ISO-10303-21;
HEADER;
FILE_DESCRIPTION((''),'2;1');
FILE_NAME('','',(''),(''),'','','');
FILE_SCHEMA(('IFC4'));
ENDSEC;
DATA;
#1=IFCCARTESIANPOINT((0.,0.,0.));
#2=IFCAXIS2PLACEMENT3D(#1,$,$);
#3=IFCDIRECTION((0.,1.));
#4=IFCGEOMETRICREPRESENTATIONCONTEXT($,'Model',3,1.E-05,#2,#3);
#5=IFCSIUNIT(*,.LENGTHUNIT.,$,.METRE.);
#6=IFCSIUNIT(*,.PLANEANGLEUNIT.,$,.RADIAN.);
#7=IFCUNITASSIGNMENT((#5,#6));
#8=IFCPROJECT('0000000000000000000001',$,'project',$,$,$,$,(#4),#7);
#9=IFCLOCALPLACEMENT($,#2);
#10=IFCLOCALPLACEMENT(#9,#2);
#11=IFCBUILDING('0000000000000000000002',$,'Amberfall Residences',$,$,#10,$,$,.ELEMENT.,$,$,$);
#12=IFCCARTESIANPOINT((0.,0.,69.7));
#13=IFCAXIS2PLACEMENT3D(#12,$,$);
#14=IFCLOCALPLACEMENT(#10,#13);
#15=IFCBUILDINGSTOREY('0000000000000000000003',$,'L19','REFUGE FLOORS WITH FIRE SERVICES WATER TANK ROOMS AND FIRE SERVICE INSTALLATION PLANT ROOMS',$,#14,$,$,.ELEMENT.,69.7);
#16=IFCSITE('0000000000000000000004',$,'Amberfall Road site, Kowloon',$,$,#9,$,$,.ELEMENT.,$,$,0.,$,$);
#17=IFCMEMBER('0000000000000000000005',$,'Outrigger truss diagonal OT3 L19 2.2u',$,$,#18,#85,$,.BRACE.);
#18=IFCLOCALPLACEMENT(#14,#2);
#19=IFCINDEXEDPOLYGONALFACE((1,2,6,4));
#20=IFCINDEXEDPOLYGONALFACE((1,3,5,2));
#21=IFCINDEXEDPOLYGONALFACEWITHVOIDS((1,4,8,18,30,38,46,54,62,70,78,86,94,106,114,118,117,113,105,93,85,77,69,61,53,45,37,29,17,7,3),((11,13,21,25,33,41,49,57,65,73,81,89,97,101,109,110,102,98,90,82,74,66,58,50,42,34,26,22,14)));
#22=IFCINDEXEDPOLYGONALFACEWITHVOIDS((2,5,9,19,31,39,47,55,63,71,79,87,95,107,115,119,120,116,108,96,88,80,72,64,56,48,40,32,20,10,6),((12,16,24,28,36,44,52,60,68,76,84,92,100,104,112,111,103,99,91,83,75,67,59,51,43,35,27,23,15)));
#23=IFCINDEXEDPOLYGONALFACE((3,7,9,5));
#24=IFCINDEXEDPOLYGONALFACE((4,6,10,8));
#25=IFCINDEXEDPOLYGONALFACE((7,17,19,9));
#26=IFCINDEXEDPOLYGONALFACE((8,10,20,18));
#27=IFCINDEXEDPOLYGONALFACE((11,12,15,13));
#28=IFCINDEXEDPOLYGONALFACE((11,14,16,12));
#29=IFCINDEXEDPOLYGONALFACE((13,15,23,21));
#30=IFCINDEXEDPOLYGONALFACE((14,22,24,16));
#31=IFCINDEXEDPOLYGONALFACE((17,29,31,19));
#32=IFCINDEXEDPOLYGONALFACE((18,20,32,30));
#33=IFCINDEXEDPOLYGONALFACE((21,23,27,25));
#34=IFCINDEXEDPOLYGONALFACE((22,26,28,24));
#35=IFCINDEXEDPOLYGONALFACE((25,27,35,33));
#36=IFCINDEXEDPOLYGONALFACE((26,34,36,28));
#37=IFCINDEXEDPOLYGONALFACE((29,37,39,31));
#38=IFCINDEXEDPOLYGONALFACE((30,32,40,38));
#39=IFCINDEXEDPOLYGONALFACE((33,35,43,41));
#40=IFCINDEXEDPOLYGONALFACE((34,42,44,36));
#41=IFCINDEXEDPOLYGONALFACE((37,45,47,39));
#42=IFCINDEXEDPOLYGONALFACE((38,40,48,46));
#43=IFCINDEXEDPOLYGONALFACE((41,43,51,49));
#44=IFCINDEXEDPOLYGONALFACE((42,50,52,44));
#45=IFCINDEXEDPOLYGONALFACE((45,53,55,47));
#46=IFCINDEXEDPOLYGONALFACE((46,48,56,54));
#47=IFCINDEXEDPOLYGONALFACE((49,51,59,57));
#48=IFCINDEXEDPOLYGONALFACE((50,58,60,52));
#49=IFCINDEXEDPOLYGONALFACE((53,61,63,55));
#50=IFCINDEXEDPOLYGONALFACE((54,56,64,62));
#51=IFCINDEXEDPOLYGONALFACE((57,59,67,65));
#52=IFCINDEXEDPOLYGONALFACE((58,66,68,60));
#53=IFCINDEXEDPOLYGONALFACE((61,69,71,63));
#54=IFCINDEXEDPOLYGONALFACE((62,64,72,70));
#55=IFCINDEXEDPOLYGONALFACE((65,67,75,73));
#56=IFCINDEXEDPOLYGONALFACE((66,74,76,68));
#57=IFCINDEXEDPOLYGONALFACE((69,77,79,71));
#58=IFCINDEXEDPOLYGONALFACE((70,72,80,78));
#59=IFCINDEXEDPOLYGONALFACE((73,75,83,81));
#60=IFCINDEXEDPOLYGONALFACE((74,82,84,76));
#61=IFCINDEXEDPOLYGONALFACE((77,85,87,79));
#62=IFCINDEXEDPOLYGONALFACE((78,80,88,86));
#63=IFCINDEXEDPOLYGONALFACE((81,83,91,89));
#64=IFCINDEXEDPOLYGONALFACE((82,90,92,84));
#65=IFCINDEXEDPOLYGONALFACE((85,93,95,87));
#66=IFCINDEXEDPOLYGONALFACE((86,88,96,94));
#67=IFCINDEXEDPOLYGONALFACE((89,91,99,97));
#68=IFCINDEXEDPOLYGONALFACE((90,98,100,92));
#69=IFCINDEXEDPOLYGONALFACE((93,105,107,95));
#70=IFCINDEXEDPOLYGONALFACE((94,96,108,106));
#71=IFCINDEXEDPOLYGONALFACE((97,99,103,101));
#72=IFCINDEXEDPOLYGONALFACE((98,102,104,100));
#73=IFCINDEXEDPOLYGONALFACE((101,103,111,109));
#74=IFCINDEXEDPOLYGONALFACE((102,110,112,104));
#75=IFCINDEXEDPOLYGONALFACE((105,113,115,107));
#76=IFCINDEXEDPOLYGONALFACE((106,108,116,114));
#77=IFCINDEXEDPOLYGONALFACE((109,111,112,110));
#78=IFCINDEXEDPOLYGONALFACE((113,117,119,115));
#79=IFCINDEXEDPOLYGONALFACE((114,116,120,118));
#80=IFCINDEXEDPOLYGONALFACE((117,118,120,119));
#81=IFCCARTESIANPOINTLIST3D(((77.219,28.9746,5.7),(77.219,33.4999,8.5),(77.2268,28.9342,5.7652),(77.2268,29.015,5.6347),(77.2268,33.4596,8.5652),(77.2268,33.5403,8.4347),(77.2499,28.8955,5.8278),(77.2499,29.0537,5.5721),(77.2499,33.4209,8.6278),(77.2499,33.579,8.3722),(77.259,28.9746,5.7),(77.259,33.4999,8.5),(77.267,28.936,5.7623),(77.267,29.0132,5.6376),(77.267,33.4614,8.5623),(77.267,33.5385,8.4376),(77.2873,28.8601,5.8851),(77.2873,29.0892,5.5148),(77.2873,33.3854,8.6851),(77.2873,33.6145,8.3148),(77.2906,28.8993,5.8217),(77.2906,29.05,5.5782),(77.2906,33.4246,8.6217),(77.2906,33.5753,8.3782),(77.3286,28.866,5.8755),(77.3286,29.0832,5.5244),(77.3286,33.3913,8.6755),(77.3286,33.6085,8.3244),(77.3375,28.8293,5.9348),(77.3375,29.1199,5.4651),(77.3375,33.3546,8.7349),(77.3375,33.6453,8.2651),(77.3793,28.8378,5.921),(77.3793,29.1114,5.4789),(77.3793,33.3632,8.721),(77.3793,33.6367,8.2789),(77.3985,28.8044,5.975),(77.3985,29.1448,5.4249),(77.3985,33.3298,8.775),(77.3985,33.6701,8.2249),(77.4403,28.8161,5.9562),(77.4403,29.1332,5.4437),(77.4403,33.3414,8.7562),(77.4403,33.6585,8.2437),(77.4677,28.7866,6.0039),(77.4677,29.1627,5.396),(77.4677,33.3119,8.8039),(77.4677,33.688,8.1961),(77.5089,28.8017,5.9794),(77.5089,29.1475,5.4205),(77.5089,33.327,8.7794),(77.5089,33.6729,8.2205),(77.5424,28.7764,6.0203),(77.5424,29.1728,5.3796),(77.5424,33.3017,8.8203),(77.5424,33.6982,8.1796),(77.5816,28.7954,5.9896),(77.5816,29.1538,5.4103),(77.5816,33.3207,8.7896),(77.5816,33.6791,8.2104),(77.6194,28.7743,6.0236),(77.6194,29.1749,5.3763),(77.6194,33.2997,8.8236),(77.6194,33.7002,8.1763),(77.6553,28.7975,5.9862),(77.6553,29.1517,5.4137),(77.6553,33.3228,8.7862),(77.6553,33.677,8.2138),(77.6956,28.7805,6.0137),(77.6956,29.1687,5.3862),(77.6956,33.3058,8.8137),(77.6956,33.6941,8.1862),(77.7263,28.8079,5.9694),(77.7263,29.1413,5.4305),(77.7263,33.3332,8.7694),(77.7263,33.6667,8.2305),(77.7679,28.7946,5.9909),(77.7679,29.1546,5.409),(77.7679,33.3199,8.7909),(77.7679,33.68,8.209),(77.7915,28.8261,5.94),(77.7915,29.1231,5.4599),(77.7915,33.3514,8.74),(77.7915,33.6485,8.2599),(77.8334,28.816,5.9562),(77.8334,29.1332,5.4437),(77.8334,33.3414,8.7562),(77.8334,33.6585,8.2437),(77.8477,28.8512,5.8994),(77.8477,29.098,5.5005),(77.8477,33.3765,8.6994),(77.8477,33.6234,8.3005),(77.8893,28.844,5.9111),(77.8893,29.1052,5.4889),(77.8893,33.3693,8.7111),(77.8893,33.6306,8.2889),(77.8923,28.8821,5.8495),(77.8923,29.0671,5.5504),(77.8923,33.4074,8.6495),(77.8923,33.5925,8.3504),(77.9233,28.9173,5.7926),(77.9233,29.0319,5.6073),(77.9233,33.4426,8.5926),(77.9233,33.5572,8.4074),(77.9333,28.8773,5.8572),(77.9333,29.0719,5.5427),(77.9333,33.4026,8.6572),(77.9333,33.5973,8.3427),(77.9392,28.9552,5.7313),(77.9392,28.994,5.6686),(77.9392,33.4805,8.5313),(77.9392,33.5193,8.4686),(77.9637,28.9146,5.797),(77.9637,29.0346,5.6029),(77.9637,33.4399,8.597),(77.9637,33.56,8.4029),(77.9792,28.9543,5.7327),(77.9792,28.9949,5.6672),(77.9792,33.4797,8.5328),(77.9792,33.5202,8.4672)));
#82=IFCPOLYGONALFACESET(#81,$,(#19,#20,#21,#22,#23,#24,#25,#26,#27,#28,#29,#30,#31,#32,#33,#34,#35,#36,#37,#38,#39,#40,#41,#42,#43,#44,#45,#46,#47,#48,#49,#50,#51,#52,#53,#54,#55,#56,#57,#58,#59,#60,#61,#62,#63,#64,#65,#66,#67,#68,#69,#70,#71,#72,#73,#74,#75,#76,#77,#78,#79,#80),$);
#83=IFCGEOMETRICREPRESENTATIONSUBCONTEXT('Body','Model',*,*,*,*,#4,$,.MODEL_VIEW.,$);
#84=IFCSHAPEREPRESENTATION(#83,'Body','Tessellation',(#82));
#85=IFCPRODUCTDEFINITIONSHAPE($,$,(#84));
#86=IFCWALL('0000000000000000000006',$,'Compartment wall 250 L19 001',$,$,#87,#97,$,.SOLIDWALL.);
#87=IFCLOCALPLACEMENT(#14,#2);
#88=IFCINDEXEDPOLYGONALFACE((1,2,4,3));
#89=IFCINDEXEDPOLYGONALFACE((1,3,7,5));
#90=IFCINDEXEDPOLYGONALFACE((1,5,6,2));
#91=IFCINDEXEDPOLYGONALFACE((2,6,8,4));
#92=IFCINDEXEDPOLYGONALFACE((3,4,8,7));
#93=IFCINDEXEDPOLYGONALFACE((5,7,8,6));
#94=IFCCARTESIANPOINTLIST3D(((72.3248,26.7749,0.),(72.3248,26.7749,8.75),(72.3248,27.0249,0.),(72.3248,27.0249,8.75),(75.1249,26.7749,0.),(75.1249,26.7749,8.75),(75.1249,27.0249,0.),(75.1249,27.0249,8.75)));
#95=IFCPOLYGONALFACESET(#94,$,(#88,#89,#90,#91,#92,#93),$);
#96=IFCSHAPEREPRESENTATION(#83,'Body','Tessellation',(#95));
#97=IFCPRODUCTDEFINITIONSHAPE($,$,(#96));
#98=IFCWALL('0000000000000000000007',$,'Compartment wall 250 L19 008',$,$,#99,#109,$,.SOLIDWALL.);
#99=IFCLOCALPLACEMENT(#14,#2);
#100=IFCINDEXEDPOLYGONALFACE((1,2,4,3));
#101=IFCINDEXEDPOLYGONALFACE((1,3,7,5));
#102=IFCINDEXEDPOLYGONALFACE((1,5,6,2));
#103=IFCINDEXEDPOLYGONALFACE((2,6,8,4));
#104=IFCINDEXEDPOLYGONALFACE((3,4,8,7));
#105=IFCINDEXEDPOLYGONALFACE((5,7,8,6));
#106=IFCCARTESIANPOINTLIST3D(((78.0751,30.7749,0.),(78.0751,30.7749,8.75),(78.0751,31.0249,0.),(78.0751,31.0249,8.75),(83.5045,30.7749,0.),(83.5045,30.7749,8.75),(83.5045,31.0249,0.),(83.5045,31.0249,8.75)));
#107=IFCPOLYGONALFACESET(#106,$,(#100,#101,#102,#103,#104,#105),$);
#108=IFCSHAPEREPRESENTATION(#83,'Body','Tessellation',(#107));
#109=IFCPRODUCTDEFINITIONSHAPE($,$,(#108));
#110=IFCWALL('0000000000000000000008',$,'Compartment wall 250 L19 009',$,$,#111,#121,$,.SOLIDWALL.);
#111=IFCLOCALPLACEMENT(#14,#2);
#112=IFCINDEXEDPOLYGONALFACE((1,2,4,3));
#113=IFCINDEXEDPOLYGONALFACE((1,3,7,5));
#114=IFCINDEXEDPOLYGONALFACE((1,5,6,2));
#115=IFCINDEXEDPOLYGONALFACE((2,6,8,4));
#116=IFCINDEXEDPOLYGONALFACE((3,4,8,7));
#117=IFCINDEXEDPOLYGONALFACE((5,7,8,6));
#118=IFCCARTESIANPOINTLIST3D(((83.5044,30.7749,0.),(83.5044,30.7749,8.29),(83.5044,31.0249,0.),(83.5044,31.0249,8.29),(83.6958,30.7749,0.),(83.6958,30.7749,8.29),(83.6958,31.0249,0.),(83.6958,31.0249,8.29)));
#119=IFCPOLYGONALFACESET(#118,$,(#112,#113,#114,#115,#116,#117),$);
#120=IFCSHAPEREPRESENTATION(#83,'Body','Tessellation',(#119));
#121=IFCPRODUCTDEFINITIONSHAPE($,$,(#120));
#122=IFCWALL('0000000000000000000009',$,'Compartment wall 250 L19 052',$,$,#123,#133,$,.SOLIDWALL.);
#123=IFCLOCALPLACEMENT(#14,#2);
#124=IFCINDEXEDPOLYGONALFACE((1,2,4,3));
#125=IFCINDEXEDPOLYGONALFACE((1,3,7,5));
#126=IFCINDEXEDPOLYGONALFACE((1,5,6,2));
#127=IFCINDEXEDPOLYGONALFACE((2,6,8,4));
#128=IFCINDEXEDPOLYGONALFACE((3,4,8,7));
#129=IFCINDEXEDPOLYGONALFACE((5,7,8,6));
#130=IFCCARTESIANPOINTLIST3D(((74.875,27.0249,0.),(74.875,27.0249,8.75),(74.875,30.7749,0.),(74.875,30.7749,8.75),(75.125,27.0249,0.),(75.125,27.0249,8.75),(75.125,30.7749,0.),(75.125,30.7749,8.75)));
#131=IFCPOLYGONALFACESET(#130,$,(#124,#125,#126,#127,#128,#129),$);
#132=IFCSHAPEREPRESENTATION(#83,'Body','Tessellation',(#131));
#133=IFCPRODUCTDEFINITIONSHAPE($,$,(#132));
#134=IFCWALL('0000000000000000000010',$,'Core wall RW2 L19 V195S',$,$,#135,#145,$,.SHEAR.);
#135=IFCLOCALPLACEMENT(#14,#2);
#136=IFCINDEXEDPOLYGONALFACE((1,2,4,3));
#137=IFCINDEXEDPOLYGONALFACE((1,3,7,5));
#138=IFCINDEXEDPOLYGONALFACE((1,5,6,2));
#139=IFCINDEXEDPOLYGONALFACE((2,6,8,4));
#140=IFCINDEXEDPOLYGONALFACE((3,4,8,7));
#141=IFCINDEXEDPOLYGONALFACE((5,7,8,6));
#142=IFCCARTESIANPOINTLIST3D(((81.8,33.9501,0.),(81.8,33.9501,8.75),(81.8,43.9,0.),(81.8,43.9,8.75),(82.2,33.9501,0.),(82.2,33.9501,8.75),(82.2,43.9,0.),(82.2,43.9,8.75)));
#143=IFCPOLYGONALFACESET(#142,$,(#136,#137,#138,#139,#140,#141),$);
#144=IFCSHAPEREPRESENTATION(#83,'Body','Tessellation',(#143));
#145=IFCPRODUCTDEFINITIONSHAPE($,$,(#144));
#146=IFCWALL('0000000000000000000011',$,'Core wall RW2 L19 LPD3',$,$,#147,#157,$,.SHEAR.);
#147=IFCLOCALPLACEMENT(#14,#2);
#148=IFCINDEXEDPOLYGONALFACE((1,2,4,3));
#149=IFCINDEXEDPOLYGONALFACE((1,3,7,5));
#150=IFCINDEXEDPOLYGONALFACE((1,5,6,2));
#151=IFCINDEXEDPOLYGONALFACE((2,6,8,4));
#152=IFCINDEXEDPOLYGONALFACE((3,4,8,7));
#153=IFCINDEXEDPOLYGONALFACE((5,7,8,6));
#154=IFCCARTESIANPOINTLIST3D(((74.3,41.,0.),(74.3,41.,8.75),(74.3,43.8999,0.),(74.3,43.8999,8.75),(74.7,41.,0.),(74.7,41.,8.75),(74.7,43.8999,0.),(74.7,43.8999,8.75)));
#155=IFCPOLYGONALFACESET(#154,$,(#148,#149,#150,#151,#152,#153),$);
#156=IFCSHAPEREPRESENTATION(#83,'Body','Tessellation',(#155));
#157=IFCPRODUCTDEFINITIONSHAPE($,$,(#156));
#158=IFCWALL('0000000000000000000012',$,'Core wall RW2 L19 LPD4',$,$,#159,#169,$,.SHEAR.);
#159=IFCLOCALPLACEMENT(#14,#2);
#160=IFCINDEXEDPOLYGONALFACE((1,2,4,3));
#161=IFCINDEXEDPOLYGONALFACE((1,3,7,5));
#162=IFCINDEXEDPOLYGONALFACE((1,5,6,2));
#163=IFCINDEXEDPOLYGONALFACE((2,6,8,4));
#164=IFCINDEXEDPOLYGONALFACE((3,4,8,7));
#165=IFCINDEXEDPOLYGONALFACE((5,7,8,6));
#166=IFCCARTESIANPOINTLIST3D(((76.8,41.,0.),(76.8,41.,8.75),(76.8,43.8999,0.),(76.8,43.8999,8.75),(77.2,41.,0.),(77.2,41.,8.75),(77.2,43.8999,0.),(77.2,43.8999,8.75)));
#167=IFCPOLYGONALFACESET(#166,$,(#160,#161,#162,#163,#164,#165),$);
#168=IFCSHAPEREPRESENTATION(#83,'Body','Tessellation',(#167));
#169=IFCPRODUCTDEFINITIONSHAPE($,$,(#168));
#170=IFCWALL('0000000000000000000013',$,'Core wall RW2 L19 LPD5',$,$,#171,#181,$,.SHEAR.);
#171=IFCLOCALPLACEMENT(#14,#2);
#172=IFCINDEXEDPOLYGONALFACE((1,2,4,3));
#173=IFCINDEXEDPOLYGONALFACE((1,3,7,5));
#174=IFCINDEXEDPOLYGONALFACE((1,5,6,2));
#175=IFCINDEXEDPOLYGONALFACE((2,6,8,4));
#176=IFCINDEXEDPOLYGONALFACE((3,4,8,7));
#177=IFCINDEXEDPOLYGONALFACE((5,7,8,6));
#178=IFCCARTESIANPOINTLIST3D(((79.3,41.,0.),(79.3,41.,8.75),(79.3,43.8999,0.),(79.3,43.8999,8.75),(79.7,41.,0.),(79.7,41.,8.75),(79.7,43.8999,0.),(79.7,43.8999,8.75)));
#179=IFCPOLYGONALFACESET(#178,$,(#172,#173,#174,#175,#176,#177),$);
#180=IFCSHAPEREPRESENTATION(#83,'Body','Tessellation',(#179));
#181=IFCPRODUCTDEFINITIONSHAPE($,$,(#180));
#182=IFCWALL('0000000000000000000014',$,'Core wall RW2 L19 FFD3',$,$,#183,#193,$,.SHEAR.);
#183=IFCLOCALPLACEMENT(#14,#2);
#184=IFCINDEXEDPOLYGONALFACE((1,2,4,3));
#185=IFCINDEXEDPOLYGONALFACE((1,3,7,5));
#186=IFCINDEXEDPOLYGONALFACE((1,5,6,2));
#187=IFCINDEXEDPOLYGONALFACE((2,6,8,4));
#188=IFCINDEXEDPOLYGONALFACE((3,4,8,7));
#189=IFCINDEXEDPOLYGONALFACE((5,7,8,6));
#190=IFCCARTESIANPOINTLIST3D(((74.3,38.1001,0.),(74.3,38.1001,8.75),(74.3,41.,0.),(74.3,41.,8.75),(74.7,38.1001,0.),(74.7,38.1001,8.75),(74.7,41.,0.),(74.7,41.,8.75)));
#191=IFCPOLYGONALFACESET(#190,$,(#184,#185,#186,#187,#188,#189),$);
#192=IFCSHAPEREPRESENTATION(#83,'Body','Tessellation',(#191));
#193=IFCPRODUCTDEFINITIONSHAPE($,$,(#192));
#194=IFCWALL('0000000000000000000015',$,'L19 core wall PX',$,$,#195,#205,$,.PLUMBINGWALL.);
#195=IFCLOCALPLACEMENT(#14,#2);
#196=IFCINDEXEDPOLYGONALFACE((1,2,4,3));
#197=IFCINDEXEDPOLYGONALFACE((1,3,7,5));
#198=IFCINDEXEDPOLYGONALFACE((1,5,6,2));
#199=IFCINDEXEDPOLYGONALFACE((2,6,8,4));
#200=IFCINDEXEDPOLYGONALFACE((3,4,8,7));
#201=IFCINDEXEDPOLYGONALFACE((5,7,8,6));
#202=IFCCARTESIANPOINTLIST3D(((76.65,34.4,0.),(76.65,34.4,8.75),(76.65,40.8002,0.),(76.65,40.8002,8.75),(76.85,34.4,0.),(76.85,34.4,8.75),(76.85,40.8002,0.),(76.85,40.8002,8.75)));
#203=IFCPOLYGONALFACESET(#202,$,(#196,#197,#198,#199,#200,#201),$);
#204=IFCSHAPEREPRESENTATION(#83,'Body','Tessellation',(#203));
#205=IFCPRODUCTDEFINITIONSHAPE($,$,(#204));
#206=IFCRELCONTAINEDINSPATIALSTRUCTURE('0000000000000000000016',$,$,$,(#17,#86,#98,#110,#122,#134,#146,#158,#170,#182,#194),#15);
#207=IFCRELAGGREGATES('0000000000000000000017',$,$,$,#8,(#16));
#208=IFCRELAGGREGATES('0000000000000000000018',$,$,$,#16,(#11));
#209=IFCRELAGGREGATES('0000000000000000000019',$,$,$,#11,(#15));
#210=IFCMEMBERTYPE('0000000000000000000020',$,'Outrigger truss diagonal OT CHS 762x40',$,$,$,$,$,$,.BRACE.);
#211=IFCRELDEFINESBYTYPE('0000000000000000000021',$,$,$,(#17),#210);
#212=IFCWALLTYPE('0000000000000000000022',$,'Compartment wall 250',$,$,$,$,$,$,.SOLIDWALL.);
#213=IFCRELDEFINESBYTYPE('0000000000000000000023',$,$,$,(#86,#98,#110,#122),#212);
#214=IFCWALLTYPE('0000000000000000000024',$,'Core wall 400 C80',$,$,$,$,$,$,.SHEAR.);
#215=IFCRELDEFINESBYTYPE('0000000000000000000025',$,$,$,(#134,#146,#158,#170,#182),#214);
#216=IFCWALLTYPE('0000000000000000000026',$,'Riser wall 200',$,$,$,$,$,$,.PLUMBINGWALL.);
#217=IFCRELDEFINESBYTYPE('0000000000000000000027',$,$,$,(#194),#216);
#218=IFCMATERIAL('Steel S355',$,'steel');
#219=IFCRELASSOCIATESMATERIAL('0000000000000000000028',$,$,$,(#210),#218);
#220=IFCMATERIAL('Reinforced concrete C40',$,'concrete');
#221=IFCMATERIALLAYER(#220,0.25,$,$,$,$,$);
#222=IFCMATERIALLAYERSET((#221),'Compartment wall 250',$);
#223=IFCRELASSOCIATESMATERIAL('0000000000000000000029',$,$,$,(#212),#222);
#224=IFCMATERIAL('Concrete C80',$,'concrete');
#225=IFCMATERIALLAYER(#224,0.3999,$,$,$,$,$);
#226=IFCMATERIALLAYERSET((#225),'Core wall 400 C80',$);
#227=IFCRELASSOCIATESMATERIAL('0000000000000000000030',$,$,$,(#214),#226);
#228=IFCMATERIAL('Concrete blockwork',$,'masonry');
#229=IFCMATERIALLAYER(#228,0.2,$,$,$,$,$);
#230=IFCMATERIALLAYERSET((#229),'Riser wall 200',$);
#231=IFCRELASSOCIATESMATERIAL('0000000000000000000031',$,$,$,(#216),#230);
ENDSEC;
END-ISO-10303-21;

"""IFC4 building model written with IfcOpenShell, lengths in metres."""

from ifc_helpers import new_model, si_unit, direction, frame, frame_2d, origin, origin_2d, place, context, subcontext, project, spatial, rectangle, hollow_circle, extrude, material, layer, layer_set, material_profile, profile_set, type_object, element, save


model = new_model("IFC4")

# Units and contexts
model_context = context("Model", 3, precision=1e-05, world=origin(), true_north=direction((0.0, 1.0)))
body_context = subcontext(model_context, "Body", "Model", "MODEL_VIEW")
ifc_project = project(units=[si_unit("LENGTHUNIT", "METRE"), si_unit("PLANEANGLEUNIT", "RADIAN")], contexts=[model_context])

# Site, building, storey
site_placement = place(None, origin())
site = spatial("IfcSite", under=ifc_project, at=site_placement, Name="Amberfall Road site, Kowloon", CompositionType="ELEMENT", RefElevation=0.0)
building_placement = place(site_placement, origin())
building = spatial("IfcBuilding", under=site, at=building_placement, Name="Amberfall Residences", CompositionType="ELEMENT")
storey_placement = place(building_placement, frame((0.0, 0.0, 69.7)))
storey = spatial("IfcBuildingStorey", under=building, at=storey_placement, Name="L19", Description="REFUGE FLOORS WITH FIRE SERVICES WATER TANK ROOMS AND FIRE SERVICE INSTALLATION PLANT ROOMS", CompositionType="ELEMENT", Elevation=69.7)

# Shared definitions
ifc_material_1 = material(Name="Concrete C80", Category="concrete")

# Shared definitions
ifc_material_2 = material(Name="Steel S355", Category="steel")

# Member
ifc_material_profile_1 = material_profile(ifc_material_2, hollow_circle(Radius=0.3811, WallThickness=0.04, at=origin_2d()), Name="CHS 762x40")
ifc_profile_set_1 = profile_set([ifc_material_profile_1], Name="Steel S355")
member_type = type_object("IfcMemberType", Name="Outrigger truss diagonal OT CHS 762x40", PredefinedType="BRACE", material=ifc_profile_set_1)
for number, where, z_axis, x_axis, name in (
    (1, (77.6001, 28.9746, 5.7), (0.0, 0.850381, 0.526167), (-1.0, 0.0, 0.0), "Outrigger truss diagonal OT3 L19 2.2u"),
):
    element("IfcMember", number, at=place(storey_placement, frame(where, z_axis=z_axis, x_axis=x_axis)), inside=storey, type_object=member_type, Name=name, PredefinedType="BRACE", context=body_context, shape_type="SweptSolid", body=[
        extrude(hollow_circle(Radius=0.3811, WallThickness=0.04, at=origin_2d()), origin(), (0.0, 0.0, 1.0), 5.3215),
    ])

# Walls
ifc_material_3 = material(Name="Reinforced concrete C40", Category="concrete")
ifc_layer_1 = layer(ifc_material_3, 0.25)
ifc_layer_set_1 = layer_set([ifc_layer_1], Name="Compartment wall 250")
wall_type_1 = type_object("IfcWallType", Name="Compartment wall 250", PredefinedType="SOLIDWALL", material=ifc_layer_set_1)
wall_1_placement = place(storey_placement, frame((72.325, 26.8999, 0.0), z_axis=(0.0, 0.0, 1.0), x_axis=(1.0, 0.0, 0.0)))
element("IfcWall", 2, at=wall_1_placement, inside=storey, type_object=wall_type_1, Name="Compartment wall 250 L19 001", PredefinedType="SOLIDWALL", context=body_context, shape_type="SweptSolid", body=[
    extrude(rectangle(XDim=2.8, YDim=0.25, at=frame_2d((1.3999, 0.0))), origin(), (0.0, 0.0, 1.0), 8.75),
])
wall_2_placement = place(storey_placement, frame((78.075, 30.8999, 0.0), z_axis=(0.0, 0.0, 1.0), x_axis=(1.0, 0.0, 0.0)))
element("IfcWall", 3, at=wall_2_placement, inside=storey, type_object=wall_type_1, Name="Compartment wall 250 L19 008", PredefinedType="SOLIDWALL", context=body_context, shape_type="SweptSolid", body=[
    extrude(rectangle(XDim=5.4294, YDim=0.25, at=frame_2d((2.7148, 0.0))), origin(), (0.0, 0.0, 1.0), 8.75),
])
wall_3_placement = place(storey_placement, frame((83.5044, 30.8999, 0.0), z_axis=(0.0, 0.0, 1.0), x_axis=(1.0, 0.0, 0.0)))
element("IfcWall", 4, at=wall_3_placement, inside=storey, type_object=wall_type_1, Name="Compartment wall 250 L19 009", PredefinedType="SOLIDWALL", context=body_context, shape_type="SweptSolid", body=[
    extrude(rectangle(XDim=0.1914, YDim=0.25, at=frame_2d((0.0957, 0.0))), origin(), (0.0, 0.0, 1.0), 8.29),
])
wall_4_placement = place(storey_placement, frame((75.0, 27.0249, 0.0), z_axis=(0.0, 0.0, 1.0), x_axis=(0.0, 1.0, 0.0)))
element("IfcWall", 5, at=wall_4_placement, inside=storey, type_object=wall_type_1, Name="Compartment wall 250 L19 052", PredefinedType="SOLIDWALL", context=body_context, shape_type="SweptSolid", body=[
    extrude(rectangle(XDim=3.75, YDim=0.25, at=frame_2d((1.875, 0.0))), origin(), (0.0, 0.0, 1.0), 8.75),
])
ifc_layer_2 = layer(ifc_material_1, 0.3999)
ifc_layer_set_2 = layer_set([ifc_layer_2], Name="Core wall 400 C80")
wall_type_2 = type_object("IfcWallType", Name="Core wall 400 C80", PredefinedType="SHEAR", material=ifc_layer_set_2)
wall_5_placement = place(storey_placement, frame((82.0, 33.95, 0.0), z_axis=(0.0, 0.0, 1.0), x_axis=(0.0, 1.0, 0.0)))
element("IfcWall", 6, at=wall_5_placement, inside=storey, type_object=wall_type_2, Name="Core wall RW2 L19 V195S", PredefinedType="SHEAR", context=body_context, shape_type="SweptSolid", body=[
    extrude(rectangle(XDim=9.95, YDim=0.3999, at=frame_2d((4.9751, 0.0))), origin(), (0.0, 0.0, 1.0), 8.75),
])
for number, where, z_axis, x_axis, name in (
    (7, (74.5, 41.0, 0.0), (0.0, 0.0, 1.0), (0.0, 1.0, 0.0), "Core wall RW2 L19 LPD3"),
    (8, (77.0, 41.0, 0.0), (0.0, 0.0, 1.0), (0.0, 1.0, 0.0), "Core wall RW2 L19 LPD4"),
    (9, (79.5, 41.0, 0.0), (0.0, 0.0, 1.0), (0.0, 1.0, 0.0), "Core wall RW2 L19 LPD5"),
    (10, (74.5, 38.1001, 0.0), (0.0, 0.0, 1.0), (0.0, 1.0, 0.0), "Core wall RW2 L19 FFD3"),
):
    element("IfcWall", number, at=place(storey_placement, frame(where, z_axis=z_axis, x_axis=x_axis)), inside=storey, type_object=wall_type_2, Name=name, PredefinedType="SHEAR", context=body_context, shape_type="SweptSolid", body=[
        extrude(rectangle(XDim=2.8999, YDim=0.3999, at=frame_2d((1.45, 0.0))), origin(), (0.0, 0.0, 1.0), 8.75),
    ])
ifc_material_4 = material(Name="Concrete blockwork", Category="masonry")
ifc_layer_3 = layer(ifc_material_4, 0.2)
ifc_layer_set_3 = layer_set([ifc_layer_3], Name="Riser wall 200")
wall_type_3 = type_object("IfcWallType", Name="Riser wall 200", PredefinedType="PLUMBINGWALL", material=ifc_layer_set_3)
wall_6_placement = place(storey_placement, frame((76.75, 34.3999, 0.0), z_axis=(0.0, 0.0, 1.0), x_axis=(0.0, 1.0, 0.0)))
element("IfcWall", 11, at=wall_6_placement, inside=storey, type_object=wall_type_3, Name="L19 core wall PX", PredefinedType="PLUMBINGWALL", context=body_context, shape_type="SweptSolid", body=[
    extrude(rectangle(XDim=6.4001, YDim=0.2, at=frame_2d((3.2002, 0.0))), origin(), (0.0, 0.0, 1.0), 8.75),
])

save(model, "model.ifc")
